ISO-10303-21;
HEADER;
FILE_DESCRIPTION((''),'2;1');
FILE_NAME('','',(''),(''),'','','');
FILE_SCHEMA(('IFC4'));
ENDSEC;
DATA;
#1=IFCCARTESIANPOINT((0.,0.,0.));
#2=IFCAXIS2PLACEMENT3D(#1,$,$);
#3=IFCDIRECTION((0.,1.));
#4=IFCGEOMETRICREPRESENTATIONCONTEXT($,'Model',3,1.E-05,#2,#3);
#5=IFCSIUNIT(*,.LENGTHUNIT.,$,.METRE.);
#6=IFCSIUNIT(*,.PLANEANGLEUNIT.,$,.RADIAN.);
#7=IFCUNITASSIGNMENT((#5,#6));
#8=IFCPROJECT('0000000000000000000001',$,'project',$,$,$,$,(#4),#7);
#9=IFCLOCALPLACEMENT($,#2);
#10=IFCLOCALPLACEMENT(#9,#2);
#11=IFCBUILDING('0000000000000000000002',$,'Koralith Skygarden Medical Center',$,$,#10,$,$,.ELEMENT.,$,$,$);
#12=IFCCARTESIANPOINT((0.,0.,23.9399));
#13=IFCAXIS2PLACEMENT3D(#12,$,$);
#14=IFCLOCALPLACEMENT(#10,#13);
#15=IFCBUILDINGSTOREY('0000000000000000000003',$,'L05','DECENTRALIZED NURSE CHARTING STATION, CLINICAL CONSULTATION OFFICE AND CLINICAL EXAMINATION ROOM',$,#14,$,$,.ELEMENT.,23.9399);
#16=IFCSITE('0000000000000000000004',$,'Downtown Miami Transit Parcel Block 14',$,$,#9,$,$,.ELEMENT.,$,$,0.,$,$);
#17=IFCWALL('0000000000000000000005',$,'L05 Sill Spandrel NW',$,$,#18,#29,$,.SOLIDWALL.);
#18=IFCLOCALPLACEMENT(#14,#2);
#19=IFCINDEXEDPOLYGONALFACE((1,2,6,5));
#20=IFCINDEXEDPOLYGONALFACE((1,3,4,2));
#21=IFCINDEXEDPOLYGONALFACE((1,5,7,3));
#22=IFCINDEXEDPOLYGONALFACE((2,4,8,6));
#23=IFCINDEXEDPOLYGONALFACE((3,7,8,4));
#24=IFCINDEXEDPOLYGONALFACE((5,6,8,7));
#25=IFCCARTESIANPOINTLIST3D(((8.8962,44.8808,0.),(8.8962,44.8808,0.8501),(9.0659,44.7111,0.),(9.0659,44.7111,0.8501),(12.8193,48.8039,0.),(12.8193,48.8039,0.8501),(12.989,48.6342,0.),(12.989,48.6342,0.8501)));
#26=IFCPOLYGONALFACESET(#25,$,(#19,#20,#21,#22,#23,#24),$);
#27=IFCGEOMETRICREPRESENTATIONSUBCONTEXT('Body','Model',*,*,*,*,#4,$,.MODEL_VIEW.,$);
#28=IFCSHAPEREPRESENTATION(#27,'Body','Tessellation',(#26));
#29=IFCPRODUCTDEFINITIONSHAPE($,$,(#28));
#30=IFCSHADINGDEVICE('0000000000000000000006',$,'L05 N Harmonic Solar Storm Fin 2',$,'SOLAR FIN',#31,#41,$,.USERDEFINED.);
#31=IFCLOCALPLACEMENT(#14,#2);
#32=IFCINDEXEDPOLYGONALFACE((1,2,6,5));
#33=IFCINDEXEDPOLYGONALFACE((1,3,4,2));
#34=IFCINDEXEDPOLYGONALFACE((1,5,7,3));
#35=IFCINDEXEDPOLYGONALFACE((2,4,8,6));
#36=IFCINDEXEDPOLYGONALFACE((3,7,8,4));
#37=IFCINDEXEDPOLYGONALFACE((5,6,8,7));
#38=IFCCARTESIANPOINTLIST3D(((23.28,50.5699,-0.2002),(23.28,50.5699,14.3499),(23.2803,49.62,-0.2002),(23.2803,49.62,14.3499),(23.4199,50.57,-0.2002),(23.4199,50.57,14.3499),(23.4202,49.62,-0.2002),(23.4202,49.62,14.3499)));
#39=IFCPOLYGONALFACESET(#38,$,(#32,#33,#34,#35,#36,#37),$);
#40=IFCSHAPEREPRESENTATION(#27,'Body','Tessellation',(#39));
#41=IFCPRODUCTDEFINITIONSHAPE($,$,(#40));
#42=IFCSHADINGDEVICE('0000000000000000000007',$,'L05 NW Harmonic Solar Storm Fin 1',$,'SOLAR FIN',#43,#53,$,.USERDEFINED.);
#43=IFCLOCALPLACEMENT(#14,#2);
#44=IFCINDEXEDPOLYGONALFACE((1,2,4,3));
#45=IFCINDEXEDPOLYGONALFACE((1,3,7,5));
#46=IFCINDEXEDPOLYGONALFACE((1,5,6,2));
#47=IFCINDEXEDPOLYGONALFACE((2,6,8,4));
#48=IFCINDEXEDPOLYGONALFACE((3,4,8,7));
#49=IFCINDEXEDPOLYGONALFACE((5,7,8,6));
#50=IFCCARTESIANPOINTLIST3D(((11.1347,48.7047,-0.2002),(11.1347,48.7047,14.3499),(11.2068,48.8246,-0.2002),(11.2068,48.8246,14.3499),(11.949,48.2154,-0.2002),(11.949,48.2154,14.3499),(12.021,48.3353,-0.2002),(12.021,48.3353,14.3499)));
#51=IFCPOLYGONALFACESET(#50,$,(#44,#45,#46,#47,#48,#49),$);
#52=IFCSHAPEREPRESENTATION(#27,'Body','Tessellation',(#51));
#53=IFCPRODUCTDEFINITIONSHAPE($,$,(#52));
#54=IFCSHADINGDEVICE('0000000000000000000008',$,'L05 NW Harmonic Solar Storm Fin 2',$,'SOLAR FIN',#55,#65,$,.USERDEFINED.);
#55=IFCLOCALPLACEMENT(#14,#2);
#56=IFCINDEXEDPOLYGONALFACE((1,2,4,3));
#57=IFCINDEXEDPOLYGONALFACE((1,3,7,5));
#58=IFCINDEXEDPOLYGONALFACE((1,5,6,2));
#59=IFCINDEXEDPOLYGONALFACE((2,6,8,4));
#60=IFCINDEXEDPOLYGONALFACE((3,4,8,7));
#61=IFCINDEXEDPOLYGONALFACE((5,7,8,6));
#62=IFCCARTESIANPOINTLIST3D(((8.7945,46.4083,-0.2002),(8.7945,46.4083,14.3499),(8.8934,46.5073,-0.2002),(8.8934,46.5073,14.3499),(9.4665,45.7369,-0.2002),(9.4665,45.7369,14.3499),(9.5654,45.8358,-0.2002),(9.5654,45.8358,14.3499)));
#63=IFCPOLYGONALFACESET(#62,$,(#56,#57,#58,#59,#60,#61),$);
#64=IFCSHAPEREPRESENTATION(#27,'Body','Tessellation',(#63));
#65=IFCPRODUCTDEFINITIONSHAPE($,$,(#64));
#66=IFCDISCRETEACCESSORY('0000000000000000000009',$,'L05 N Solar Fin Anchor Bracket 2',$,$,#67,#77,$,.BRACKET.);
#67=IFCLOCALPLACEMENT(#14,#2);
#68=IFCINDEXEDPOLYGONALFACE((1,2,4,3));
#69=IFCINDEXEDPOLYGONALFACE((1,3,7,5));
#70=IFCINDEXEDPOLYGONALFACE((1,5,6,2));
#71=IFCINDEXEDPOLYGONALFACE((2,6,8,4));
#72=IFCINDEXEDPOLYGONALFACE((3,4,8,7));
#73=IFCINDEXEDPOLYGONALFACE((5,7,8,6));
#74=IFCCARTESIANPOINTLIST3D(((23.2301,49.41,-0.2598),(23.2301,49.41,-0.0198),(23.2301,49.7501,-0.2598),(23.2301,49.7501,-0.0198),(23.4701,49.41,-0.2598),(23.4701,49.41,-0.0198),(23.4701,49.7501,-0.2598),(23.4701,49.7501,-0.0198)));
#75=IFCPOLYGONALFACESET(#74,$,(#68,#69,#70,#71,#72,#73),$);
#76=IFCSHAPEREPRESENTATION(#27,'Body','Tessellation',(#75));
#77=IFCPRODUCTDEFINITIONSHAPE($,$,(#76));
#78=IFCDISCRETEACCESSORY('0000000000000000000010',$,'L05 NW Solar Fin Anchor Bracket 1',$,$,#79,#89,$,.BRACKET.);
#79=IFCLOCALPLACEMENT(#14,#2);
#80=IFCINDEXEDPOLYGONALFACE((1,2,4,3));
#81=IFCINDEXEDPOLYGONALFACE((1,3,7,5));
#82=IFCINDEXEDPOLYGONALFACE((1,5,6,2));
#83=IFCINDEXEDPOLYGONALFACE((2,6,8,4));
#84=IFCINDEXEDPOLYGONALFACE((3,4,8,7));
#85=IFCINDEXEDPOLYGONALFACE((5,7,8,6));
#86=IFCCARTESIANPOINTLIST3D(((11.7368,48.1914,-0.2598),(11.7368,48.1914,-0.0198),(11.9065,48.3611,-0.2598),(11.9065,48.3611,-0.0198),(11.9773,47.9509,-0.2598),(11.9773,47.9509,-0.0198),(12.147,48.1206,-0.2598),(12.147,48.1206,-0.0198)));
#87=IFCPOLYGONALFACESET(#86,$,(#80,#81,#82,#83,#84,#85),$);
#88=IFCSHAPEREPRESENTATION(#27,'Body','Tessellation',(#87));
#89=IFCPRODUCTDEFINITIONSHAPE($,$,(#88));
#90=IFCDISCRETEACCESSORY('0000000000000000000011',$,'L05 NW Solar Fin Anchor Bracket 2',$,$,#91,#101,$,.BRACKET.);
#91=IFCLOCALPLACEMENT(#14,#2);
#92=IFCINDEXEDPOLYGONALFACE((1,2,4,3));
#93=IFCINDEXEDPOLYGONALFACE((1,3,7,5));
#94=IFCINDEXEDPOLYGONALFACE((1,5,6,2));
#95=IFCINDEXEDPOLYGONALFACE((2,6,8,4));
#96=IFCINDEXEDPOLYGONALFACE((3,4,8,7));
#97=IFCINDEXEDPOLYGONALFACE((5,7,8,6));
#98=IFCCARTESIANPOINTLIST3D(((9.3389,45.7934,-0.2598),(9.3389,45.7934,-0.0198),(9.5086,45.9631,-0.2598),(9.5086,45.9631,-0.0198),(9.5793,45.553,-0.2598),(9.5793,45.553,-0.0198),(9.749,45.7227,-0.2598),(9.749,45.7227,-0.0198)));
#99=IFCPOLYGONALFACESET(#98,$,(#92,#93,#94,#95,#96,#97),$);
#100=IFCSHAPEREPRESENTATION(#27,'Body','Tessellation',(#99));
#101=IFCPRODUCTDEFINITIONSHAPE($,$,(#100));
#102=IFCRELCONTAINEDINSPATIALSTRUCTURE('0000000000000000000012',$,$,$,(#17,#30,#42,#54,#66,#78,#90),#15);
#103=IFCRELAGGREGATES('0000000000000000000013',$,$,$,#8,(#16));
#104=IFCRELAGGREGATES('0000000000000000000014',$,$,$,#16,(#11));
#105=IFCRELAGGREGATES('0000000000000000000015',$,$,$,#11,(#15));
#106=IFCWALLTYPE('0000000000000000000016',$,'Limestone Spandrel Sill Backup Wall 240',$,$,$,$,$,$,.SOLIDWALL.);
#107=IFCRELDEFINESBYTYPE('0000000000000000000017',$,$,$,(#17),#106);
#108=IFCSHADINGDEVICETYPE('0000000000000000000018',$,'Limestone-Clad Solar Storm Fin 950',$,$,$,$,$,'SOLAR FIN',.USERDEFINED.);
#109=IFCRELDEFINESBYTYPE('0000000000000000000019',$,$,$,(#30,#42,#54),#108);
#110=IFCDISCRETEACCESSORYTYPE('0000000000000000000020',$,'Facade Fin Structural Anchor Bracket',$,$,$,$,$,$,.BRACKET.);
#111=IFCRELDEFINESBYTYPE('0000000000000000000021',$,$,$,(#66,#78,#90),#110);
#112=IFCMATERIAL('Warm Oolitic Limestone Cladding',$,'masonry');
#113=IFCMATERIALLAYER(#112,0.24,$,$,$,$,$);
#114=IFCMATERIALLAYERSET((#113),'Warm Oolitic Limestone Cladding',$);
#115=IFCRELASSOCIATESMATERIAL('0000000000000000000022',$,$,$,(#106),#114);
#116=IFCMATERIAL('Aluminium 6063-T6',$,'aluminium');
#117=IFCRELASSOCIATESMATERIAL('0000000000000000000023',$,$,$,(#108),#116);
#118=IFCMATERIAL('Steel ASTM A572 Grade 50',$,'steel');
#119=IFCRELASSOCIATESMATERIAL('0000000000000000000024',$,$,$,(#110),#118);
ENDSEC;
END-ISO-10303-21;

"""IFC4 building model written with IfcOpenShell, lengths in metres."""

from ifc_helpers import new_model, si_unit, direction, frame, frame_2d, origin, origin_2d, place, context, subcontext, project, spatial, rectangle, extrude, material, layer, layer_set, type_object, element, save


model = new_model("IFC4")

# Units and contexts
model_context = context("Model", 3, precision=1e-05, world=origin(), true_north=direction((0.0, 1.0)))
body_context = subcontext(model_context, "Body", "Model", "MODEL_VIEW")
ifc_project = project(units=[si_unit("LENGTHUNIT", "METRE"), si_unit("PLANEANGLEUNIT", "RADIAN")], contexts=[model_context])

# Site, building, storey
site_placement = place(None, origin())
site = spatial("IfcSite", under=ifc_project, at=site_placement, Name="Downtown Miami Transit Parcel Block 14", CompositionType="ELEMENT", RefElevation=0.0)
building_placement = place(site_placement, origin())
building = spatial("IfcBuilding", under=site, at=building_placement, Name="Koralith Skygarden Medical Center", CompositionType="ELEMENT")
storey_placement = place(building_placement, frame((0.0, 0.0, 23.9399)))
storey = spatial("IfcBuildingStorey", under=building, at=storey_placement, Name="L05", Description="DECENTRALIZED NURSE CHARTING STATION, CLINICAL CONSULTATION OFFICE AND CLINICAL EXAMINATION ROOM", CompositionType="ELEMENT", Elevation=23.9399)

# Shared definitions
ifc_material_1 = material(Name="Aluminium 6063-T6", Category="aluminium")

# Shared definitions
ifc_material_2 = material(Name="Warm Oolitic Limestone Cladding", Category="masonry")

# Wall
ifc_layer_1 = layer(ifc_material_2, 0.24)
ifc_layer_set_1 = layer_set([ifc_layer_1], Name="Warm Oolitic Limestone Cladding")
wall_type = type_object("IfcWallType", Name="Limestone Spandrel Sill Backup Wall 240", PredefinedType="SOLIDWALL", material=ifc_layer_set_1)
wall_placement = place(storey_placement, frame((12.9041, 48.719, 0.0), z_axis=(0.0, 0.0, 1.0), x_axis=(-0.707107, -0.707107, 0.0)))
element("IfcWall", 1, at=wall_placement, inside=storey, type_object=wall_type, Name="L05 Sill Spandrel NW", PredefinedType="SOLIDWALL", context=body_context, shape_type="SweptSolid", body=[
    extrude(rectangle(XDim=5.5481, YDim=0.24, at=frame_2d((2.7739, 0.0))), origin(), (0.0, 0.0, 1.0), 0.8501),
])

# Shading devices
shading_device_type = type_object("IfcShadingDeviceType", Name="Limestone-Clad Solar Storm Fin 950", ElementType="SOLAR FIN", PredefinedType="USERDEFINED", material=ifc_material_1)
for number, where, z_axis, x_axis, name in (
    (2, (23.3501, 50.095, -0.2002), (0.0, 0.0, 1.0), (-0.000384, 1.0, 0.0), "L05 N Harmonic Solar Storm Fin 2"),
    (3, (11.5779, 48.52, -0.2002), (0.0, 0.0, 1.0), (-0.857167, 0.515038, 0.0), "L05 NW Harmonic Solar Storm Fin 1"),
    (4, (9.1799, 46.1221, -0.2002), (0.0, 0.0, 1.0), (-0.707378, 0.706835, 0.0), "L05 NW Harmonic Solar Storm Fin 2"),
):
    element("IfcShadingDevice", number, at=place(storey_placement, frame(where, z_axis=z_axis, x_axis=x_axis)), inside=storey, type_object=shading_device_type, Name=name, ObjectType="SOLAR FIN", PredefinedType="USERDEFINED", context=body_context, shape_type="SweptSolid", body=[
        extrude(rectangle(XDim=0.95, YDim=0.1399, at=origin_2d()), origin(), (0.0, 0.0, 1.0), 14.55),
    ])

# Discrete accessories
ifc_material_3 = material(Name="Steel ASTM A572 Grade 50", Category="steel")
discrete_accessory_type = type_object("IfcDiscreteAccessoryType", Name="Facade Fin Structural Anchor Bracket", PredefinedType="BRACKET", material=ifc_material_3)
for number, where, z_axis, x_axis, name in (
    (5, (23.3501, 49.5801, -0.2598), (0.0, 0.0, 1.0), (0.0, 1.0, 0.0), "L05 N Solar Fin Anchor Bracket 2"),
    (6, (11.9419, 48.156, -0.2598), (0.0, 0.0, 1.0), (-0.707107, 0.707107, 0.0), "L05 NW Solar Fin Anchor Bracket 1"),
    (7, (9.5439, 45.7581, -0.2598), (0.0, 0.0, 1.0), (-0.707107, 0.707107, 0.0), "L05 NW Solar Fin Anchor Bracket 2"),
):
    element("IfcDiscreteAccessory", number, at=place(storey_placement, frame(where, z_axis=z_axis, x_axis=x_axis)), inside=storey, type_object=discrete_accessory_type, Name=name, PredefinedType="BRACKET", context=body_context, shape_type="SweptSolid", body=[
        extrude(rectangle(XDim=0.3401, YDim=0.24, at=origin_2d()), origin(), (0.0, 0.0, 1.0), 0.24),
    ])

save(model, "model.ifc")
